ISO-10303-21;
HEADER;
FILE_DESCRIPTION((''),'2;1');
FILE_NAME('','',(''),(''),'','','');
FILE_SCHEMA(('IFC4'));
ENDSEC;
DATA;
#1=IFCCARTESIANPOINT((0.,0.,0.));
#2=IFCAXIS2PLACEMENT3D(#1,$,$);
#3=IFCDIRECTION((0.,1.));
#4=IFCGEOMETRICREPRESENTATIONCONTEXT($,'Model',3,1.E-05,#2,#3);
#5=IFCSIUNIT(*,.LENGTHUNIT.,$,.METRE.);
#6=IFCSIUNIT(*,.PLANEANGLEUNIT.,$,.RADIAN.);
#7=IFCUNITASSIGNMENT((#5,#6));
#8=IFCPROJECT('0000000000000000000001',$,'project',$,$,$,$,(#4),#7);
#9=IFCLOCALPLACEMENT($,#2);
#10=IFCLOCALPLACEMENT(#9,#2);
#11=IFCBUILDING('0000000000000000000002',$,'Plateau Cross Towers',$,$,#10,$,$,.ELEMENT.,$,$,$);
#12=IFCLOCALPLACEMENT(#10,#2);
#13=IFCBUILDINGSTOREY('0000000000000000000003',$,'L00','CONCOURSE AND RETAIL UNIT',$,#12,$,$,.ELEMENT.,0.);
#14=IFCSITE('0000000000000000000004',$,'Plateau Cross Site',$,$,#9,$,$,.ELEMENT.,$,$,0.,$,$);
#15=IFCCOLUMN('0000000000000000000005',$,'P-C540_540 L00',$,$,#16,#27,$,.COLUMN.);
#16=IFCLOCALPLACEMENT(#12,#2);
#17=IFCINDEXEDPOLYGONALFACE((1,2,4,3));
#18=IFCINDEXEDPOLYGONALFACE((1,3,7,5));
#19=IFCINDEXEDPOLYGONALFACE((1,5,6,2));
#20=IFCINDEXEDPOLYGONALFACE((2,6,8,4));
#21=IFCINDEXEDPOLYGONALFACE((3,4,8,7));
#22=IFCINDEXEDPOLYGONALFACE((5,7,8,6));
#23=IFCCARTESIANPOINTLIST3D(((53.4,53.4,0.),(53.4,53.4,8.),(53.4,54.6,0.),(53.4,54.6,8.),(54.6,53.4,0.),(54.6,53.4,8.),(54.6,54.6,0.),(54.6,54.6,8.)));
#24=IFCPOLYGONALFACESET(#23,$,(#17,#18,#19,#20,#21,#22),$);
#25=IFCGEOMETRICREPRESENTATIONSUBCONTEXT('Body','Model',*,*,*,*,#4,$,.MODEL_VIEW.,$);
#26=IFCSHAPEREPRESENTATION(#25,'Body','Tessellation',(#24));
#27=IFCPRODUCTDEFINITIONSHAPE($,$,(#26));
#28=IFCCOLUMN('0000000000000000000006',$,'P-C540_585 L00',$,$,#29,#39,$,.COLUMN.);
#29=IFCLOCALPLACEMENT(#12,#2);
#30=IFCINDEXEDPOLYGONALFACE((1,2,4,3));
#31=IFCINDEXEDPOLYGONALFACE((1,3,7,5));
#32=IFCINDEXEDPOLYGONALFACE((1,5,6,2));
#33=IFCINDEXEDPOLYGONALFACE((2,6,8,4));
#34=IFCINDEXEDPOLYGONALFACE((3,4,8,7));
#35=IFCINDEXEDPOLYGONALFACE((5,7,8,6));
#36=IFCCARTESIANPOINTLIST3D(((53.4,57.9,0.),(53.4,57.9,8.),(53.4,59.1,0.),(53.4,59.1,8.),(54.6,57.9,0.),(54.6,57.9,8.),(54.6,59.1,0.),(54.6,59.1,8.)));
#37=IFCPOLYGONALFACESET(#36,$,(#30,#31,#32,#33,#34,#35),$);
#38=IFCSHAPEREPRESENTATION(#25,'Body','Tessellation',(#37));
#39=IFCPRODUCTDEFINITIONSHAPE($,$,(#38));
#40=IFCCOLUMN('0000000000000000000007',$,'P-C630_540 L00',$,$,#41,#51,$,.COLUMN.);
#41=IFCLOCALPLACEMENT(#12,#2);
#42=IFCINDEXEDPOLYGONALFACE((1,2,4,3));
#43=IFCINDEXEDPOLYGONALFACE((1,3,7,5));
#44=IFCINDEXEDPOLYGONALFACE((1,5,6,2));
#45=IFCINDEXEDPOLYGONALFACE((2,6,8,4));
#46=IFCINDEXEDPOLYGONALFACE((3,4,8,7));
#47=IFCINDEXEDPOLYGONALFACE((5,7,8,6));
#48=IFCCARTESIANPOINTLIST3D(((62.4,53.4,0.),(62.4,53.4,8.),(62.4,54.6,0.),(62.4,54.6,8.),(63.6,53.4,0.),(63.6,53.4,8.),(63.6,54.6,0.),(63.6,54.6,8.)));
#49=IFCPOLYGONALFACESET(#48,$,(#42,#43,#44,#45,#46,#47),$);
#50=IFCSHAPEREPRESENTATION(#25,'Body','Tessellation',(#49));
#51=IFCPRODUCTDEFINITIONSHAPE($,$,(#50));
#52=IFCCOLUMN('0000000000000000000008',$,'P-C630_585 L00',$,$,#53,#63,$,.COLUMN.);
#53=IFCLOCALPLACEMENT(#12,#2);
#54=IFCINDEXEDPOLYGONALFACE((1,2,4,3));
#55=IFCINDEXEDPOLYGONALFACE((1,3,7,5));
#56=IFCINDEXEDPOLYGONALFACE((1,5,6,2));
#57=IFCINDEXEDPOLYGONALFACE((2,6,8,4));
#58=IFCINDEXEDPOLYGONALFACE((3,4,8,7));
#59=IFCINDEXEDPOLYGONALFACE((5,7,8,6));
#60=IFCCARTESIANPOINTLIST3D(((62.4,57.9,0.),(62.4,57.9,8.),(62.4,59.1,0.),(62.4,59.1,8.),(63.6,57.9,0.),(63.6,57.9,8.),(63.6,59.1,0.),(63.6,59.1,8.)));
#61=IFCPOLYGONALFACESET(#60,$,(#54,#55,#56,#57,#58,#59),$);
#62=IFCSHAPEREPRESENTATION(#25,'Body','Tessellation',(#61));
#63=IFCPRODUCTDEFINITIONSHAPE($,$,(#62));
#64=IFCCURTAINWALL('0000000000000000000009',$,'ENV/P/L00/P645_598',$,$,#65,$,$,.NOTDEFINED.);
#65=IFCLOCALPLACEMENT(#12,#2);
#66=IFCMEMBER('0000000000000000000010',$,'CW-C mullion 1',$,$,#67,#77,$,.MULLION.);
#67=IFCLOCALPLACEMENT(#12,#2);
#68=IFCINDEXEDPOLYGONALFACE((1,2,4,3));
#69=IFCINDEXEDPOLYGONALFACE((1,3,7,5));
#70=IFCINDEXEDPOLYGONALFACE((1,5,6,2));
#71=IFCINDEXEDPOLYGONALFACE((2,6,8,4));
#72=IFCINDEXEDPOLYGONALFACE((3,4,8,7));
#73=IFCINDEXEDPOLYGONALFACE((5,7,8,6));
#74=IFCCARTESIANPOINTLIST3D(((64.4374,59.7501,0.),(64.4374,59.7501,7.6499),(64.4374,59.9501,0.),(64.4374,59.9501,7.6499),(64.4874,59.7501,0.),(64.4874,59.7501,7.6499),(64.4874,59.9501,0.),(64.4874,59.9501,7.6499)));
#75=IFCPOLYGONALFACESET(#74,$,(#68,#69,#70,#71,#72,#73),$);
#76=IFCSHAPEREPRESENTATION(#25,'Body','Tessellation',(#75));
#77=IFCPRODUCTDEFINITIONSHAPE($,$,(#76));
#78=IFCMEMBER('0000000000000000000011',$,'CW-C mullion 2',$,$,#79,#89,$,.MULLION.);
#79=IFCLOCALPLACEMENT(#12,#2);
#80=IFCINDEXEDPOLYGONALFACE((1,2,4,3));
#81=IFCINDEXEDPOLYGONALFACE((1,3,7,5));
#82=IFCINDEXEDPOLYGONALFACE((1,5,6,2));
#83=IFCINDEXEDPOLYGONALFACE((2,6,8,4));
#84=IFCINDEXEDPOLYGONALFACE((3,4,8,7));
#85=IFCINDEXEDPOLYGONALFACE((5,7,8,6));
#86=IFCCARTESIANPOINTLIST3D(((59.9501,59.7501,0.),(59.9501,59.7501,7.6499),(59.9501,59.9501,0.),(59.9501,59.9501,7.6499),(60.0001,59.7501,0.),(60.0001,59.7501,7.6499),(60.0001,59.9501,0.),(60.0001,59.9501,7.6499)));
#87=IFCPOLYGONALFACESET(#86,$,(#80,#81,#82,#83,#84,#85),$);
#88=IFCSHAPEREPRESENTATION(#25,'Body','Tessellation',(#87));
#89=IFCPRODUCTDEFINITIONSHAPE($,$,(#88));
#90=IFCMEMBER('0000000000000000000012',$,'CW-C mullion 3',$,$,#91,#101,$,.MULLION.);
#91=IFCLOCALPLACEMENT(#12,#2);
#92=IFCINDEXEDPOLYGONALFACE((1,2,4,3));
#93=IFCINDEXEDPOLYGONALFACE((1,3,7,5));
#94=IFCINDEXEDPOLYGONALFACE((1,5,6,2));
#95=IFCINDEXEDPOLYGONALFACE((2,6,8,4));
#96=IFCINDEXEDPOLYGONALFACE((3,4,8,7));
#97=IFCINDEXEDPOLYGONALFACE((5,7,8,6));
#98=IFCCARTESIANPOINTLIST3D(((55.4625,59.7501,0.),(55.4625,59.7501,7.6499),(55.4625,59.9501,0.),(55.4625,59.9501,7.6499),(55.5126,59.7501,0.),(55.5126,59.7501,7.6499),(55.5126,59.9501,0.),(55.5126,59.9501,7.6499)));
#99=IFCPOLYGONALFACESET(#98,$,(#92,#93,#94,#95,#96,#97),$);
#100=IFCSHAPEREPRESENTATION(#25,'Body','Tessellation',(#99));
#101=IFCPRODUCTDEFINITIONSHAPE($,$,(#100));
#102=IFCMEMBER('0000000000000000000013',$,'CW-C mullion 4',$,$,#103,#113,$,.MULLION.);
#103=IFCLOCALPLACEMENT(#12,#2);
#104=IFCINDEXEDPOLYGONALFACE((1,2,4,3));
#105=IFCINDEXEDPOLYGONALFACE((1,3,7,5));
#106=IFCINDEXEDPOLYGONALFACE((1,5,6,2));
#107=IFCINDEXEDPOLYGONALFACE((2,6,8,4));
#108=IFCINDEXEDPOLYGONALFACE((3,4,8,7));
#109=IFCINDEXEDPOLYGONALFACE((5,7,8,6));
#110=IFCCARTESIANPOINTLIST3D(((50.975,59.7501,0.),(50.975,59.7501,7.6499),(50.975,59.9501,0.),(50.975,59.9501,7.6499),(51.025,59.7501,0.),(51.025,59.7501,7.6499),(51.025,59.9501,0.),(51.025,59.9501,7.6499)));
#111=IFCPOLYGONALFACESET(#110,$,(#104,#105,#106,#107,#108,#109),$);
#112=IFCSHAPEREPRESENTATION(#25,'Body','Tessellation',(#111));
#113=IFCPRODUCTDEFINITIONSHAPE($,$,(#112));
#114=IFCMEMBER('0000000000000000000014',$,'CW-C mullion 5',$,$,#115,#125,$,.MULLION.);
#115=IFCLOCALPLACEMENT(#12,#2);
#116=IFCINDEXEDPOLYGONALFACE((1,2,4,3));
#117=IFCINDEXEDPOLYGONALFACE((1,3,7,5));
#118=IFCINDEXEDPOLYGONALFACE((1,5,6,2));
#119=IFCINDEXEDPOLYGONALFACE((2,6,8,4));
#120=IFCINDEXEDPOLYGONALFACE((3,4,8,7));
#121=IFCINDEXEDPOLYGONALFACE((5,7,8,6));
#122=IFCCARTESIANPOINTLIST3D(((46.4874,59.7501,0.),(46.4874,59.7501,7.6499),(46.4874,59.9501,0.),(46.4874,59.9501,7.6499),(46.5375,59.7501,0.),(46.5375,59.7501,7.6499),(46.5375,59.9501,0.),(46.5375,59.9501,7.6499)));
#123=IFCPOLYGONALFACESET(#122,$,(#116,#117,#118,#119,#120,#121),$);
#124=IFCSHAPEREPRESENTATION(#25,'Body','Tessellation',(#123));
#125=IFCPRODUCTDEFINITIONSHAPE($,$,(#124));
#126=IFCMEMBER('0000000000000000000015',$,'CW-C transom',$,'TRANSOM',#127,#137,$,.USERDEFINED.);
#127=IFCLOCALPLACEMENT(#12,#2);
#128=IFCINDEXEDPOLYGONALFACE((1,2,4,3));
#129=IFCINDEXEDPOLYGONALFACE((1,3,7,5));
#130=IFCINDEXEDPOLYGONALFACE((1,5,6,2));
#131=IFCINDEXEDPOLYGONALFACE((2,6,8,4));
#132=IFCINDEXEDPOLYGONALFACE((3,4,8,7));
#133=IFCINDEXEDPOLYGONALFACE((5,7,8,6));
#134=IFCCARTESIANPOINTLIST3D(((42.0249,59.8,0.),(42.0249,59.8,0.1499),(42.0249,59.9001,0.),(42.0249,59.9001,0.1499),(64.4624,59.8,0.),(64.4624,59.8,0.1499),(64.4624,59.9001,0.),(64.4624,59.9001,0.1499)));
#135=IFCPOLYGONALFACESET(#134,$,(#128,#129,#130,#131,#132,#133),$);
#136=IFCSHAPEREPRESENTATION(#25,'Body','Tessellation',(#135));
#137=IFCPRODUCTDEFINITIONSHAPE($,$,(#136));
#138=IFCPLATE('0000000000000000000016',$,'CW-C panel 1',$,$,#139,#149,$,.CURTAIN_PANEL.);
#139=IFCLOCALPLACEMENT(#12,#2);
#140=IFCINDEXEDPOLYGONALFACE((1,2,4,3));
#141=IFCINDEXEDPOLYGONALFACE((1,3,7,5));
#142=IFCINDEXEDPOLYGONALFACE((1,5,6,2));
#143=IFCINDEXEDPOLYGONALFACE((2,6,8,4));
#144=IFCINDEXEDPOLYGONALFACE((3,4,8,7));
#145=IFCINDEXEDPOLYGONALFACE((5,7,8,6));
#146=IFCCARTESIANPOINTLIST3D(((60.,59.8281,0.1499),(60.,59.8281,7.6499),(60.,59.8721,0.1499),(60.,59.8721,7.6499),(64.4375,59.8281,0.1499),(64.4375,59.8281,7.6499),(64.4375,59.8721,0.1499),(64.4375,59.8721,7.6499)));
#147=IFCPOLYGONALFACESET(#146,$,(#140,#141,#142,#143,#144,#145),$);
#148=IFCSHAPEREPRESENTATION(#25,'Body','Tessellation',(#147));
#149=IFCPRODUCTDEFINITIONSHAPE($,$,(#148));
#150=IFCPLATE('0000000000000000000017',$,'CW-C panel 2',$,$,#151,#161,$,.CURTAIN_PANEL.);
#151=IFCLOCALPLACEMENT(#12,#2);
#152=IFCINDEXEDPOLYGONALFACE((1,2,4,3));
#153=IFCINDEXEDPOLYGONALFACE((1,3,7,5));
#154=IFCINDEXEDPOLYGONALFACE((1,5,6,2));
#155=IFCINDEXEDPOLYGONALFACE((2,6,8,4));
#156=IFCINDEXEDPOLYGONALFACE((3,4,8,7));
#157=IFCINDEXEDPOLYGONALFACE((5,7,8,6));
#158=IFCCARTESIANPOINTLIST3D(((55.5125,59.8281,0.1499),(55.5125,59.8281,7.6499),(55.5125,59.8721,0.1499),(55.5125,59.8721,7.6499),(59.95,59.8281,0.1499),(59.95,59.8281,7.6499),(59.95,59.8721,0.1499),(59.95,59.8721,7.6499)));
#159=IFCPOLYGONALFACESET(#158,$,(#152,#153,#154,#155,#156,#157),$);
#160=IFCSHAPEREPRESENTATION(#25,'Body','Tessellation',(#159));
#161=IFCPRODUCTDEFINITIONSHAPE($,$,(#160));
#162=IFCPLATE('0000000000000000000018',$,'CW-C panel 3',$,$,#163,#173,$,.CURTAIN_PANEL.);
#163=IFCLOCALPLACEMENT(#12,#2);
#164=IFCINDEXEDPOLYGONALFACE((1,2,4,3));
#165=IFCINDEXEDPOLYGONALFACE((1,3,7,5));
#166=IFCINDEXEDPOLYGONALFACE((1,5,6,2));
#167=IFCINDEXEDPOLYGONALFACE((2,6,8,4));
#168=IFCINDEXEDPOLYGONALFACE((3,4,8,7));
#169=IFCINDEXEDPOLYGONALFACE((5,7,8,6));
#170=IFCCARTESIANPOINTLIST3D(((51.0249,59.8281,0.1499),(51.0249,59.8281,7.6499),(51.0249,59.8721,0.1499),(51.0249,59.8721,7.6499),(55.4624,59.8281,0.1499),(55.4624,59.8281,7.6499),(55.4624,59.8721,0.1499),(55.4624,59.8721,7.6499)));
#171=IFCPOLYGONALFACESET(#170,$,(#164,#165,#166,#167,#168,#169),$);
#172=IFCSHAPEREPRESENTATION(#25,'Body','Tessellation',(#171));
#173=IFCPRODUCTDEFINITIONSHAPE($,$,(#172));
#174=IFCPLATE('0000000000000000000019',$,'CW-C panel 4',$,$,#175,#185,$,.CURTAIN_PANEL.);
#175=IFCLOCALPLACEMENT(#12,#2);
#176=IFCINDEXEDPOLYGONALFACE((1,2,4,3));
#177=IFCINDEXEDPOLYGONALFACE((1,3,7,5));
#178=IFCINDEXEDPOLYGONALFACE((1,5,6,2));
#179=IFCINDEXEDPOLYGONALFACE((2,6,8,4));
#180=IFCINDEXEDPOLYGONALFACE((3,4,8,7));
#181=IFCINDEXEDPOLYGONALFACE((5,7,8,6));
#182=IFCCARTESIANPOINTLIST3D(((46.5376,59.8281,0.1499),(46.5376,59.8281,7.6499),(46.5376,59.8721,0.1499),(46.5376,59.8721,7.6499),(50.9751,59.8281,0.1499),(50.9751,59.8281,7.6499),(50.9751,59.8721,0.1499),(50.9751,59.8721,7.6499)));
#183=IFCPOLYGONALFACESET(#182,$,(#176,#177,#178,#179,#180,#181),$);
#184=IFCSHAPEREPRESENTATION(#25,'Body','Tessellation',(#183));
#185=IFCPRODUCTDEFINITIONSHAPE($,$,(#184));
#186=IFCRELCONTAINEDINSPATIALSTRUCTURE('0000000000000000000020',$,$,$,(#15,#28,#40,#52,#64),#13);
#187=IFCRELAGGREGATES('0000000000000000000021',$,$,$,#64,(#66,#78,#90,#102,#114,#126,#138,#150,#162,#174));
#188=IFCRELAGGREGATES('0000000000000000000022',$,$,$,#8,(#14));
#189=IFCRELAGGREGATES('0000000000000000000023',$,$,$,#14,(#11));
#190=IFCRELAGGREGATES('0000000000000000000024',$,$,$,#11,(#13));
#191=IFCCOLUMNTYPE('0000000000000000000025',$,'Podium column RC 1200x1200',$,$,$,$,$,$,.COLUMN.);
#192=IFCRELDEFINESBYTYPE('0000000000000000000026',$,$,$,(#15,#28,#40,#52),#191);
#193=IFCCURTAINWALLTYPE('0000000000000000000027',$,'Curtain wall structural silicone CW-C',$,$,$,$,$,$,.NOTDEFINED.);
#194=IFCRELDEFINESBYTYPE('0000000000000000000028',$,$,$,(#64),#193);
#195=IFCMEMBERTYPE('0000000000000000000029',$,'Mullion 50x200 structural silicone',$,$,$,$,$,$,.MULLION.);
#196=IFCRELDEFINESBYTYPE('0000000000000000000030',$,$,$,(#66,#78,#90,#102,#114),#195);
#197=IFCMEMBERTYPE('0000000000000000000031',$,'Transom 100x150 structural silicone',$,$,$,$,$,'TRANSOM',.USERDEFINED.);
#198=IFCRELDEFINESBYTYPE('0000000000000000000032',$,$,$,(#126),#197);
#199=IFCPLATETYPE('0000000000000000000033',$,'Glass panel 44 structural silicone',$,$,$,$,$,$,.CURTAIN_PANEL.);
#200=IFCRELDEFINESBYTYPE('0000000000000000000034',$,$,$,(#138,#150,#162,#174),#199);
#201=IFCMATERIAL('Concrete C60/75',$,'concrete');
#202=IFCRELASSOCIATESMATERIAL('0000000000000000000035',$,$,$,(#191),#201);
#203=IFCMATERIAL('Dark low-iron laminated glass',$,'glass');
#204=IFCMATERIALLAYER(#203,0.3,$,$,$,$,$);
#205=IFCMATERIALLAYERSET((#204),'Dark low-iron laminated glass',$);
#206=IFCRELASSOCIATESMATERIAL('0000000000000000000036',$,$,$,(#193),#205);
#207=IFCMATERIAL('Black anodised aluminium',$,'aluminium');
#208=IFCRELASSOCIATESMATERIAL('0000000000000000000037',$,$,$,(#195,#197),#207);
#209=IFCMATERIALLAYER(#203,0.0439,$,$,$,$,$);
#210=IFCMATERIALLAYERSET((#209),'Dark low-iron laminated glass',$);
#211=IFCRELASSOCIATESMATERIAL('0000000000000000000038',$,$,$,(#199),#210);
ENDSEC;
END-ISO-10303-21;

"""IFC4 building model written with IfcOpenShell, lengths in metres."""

from ifc_helpers import new_model, si_unit, direction, frame, origin, origin_2d, place, context, subcontext, project, spatial, rectangle, extrude, material, layer, layer_set, material_profile, profile_set, type_object, element, aggregate, save


model = new_model("IFC4")

# Units and contexts
model_context = context("Model", 3, precision=1e-05, world=origin(), true_north=direction((0.0, 1.0)))
body_context = subcontext(model_context, "Body", "Model", "MODEL_VIEW")
ifc_project = project(units=[si_unit("LENGTHUNIT", "METRE"), si_unit("PLANEANGLEUNIT", "RADIAN")], contexts=[model_context])

# Site, building, storey
site_placement = place(None, origin())
site = spatial("IfcSite", under=ifc_project, at=site_placement, Name="Plateau Cross Site", CompositionType="ELEMENT", RefElevation=0.0)
building_placement = place(site_placement, origin())
building = spatial("IfcBuilding", under=site, at=building_placement, Name="Plateau Cross Towers", CompositionType="ELEMENT")
storey_placement = place(building_placement, origin())
storey = spatial("IfcBuildingStorey", under=building, at=storey_placement, Name="L00", Description="CONCOURSE AND RETAIL UNIT", CompositionType="ELEMENT", Elevation=0.0)

# Columns
ifc_material_1 = material(Name="Concrete C60/75", Category="concrete")
ifc_material_profile_1 = material_profile(ifc_material_1, rectangle(XDim=1.2, YDim=1.2, at=origin_2d()), Name="RC 1200x1200")
ifc_profile_set_1 = profile_set([ifc_material_profile_1], Name="Concrete C60/75")
column_type = type_object("IfcColumnType", Name="Podium column RC 1200x1200", PredefinedType="COLUMN", material=ifc_profile_set_1)
for number, where, z_axis, x_axis, name in (
    (1, (54.0, 54.0, 0.0), (0.0, 0.0, 1.0), (1.0, 0.0, 0.0), "P-C540_540 L00"),
    (2, (54.0, 58.5, 0.0), (0.0, 0.0, 1.0), (1.0, 0.0, 0.0), "P-C540_585 L00"),
    (3, (63.0, 54.0, 0.0), (0.0, 0.0, 1.0), (1.0, 0.0, 0.0), "P-C630_540 L00"),
    (4, (63.0, 58.5, 0.0), (0.0, 0.0, 1.0), (1.0, 0.0, 0.0), "P-C630_585 L00"),
):
    element("IfcColumn", number, at=place(storey_placement, frame(where, z_axis=z_axis, x_axis=x_axis)), inside=storey, type_object=column_type, Name=name, PredefinedType="COLUMN", context=body_context, shape_type="SweptSolid", body=[
        extrude(rectangle(XDim=1.2, YDim=1.2, at=origin_2d()), origin(), (0.0, 0.0, 1.0), 8.0),
    ])

# Curtain wall, members, plates
ifc_material_2 = material(Name="Dark low-iron laminated glass", Category="glass")
ifc_layer_1 = layer(ifc_material_2, 0.3)
ifc_layer_set_1 = layer_set([ifc_layer_1], Name="Dark low-iron laminated glass")
curtain_wall_type = type_object("IfcCurtainWallType", Name="Curtain wall structural silicone CW-C", PredefinedType="NOTDEFINED", material=ifc_layer_set_1)
curtain_wall_placement = place(storey_placement, origin())
curtain_wall = element("IfcCurtainWall", 5, at=curtain_wall_placement, inside=storey, type_object=curtain_wall_type, Name="ENV/P/L00/P645_598", PredefinedType="NOTDEFINED")
ifc_material_3 = material(Name="Black anodised aluminium", Category="aluminium")
ifc_material_profile_2 = material_profile(ifc_material_3, rectangle(XDim=0.05, YDim=0.2, at=origin_2d()), Name="MULLION 50x200")
ifc_profile_set_2 = profile_set([ifc_material_profile_2], Name="Black anodised aluminium")
member_type_1 = type_object("IfcMemberType", Name="Mullion 50x200 structural silicone", PredefinedType="MULLION", material=ifc_profile_set_2)
member_1_placement = place(storey_placement, frame((64.4624, 59.8501, 0.0), z_axis=(0.0, 0.0, 1.0), x_axis=(-1.0, 0.0, 0.0)))
member_1 = element("IfcMember", 6, at=member_1_placement, type_object=member_type_1, Name="CW-C mullion 1", PredefinedType="MULLION", context=body_context, shape_type="SweptSolid", body=[
    extrude(rectangle(XDim=0.05, YDim=0.2, at=origin_2d()), origin(), (0.0, 0.0, 1.0), 7.6499),
])
member_2_placement = place(storey_placement, frame((59.9751, 59.8501, 0.0), z_axis=(0.0, 0.0, 1.0), x_axis=(-1.0, 0.0, 0.0)))
member_2 = element("IfcMember", 7, at=member_2_placement, type_object=member_type_1, Name="CW-C mullion 2", PredefinedType="MULLION", context=body_context, shape_type="SweptSolid", body=[
    extrude(rectangle(XDim=0.05, YDim=0.2, at=origin_2d()), origin(), (0.0, 0.0, 1.0), 7.6499),
])
member_3_placement = place(storey_placement, frame((55.4875, 59.8501, 0.0), z_axis=(0.0, 0.0, 1.0), x_axis=(-1.0, 0.0, 0.0)))
member_3 = element("IfcMember", 8, at=member_3_placement, type_object=member_type_1, Name="CW-C mullion 3", PredefinedType="MULLION", context=body_context, shape_type="SweptSolid", body=[
    extrude(rectangle(XDim=0.05, YDim=0.2, at=origin_2d()), origin(), (0.0, 0.0, 1.0), 7.6499),
])
member_4_placement = place(storey_placement, frame((51.0, 59.8501, 0.0), z_axis=(0.0, 0.0, 1.0), x_axis=(-1.0, 0.0, 0.0)))
member_4 = element("IfcMember", 9, at=member_4_placement, type_object=member_type_1, Name="CW-C mullion 4", PredefinedType="MULLION", context=body_context, shape_type="SweptSolid", body=[
    extrude(rectangle(XDim=0.05, YDim=0.2, at=origin_2d()), origin(), (0.0, 0.0, 1.0), 7.6499),
])
member_5_placement = place(storey_placement, frame((46.5125, 59.8501, 0.0), z_axis=(0.0, 0.0, 1.0), x_axis=(-1.0, 0.0, 0.0)))
member_5 = element("IfcMember", 10, at=member_5_placement, type_object=member_type_1, Name="CW-C mullion 5", PredefinedType="MULLION", context=body_context, shape_type="SweptSolid", body=[
    extrude(rectangle(XDim=0.05, YDim=0.2, at=origin_2d()), origin(), (0.0, 0.0, 1.0), 7.6499),
])
ifc_material_profile_3 = material_profile(ifc_material_3, rectangle(XDim=0.1001, YDim=0.1499, at=origin_2d()), Name="TRANSOM 100x150")
ifc_profile_set_3 = profile_set([ifc_material_profile_3], Name="Black anodised aluminium")
member_type_2 = type_object("IfcMemberType", Name="Transom 100x150 structural silicone", ElementType="TRANSOM", PredefinedType="USERDEFINED", material=ifc_profile_set_3)
member_6_placement = place(storey_placement, frame((64.4624, 59.8501, 0.075), z_axis=(-1.0, 0.0, 0.0), x_axis=(0.0, -1.0, 0.0)))
member_6 = element("IfcMember", 11, at=member_6_placement, type_object=member_type_2, Name="CW-C transom", ObjectType="TRANSOM", PredefinedType="USERDEFINED", context=body_context, shape_type="SweptSolid", body=[
    extrude(rectangle(XDim=0.1001, YDim=0.1499, at=origin_2d()), origin(), (0.0, 0.0, 1.0), 22.4375),
])
ifc_layer_2 = layer(ifc_material_2, 0.0439)
ifc_layer_set_2 = layer_set([ifc_layer_2], Name="Dark low-iron laminated glass")
plate_type = type_object("IfcPlateType", Name="Glass panel 44 structural silicone", PredefinedType="CURTAIN_PANEL", material=ifc_layer_set_2)
plate_1_placement = place(storey_placement, frame((62.2188, 59.8501, 0.1499), z_axis=(0.0, 0.0, 1.0), x_axis=(-1.0, 0.0, 0.0)))
plate_1 = element("IfcPlate", 12, at=plate_1_placement, type_object=plate_type, Name="CW-C panel 1", PredefinedType="CURTAIN_PANEL", context=body_context, shape_type="SweptSolid", body=[
    extrude(rectangle(XDim=4.4375, YDim=0.0439, at=origin_2d()), origin(), (0.0, 0.0, 1.0), 7.5),
])
plate_2_placement = place(storey_placement, frame((57.7312, 59.8501, 0.1499), z_axis=(0.0, 0.0, 1.0), x_axis=(-1.0, 0.0, 0.0)))
plate_2 = element("IfcPlate", 13, at=plate_2_placement, type_object=plate_type, Name="CW-C panel 2", PredefinedType="CURTAIN_PANEL", context=body_context, shape_type="SweptSolid", body=[
    extrude(rectangle(XDim=4.4375, YDim=0.0439, at=origin_2d()), origin(), (0.0, 0.0, 1.0), 7.5),
])
plate_3_placement = place(storey_placement, frame((53.2437, 59.8501, 0.1499), z_axis=(0.0, 0.0, 1.0), x_axis=(-1.0, 0.0, 0.0)))
plate_3 = element("IfcPlate", 14, at=plate_3_placement, type_object=plate_type, Name="CW-C panel 3", PredefinedType="CURTAIN_PANEL", context=body_context, shape_type="SweptSolid", body=[
    extrude(rectangle(XDim=4.4375, YDim=0.0439, at=origin_2d()), origin(), (0.0, 0.0, 1.0), 7.5),
])
plate_4_placement = place(storey_placement, frame((48.7563, 59.8501, 0.1499), z_axis=(0.0, 0.0, 1.0), x_axis=(-1.0, 0.0, 0.0)))
plate_4 = element("IfcPlate", 15, at=plate_4_placement, type_object=plate_type, Name="CW-C panel 4", PredefinedType="CURTAIN_PANEL", context=body_context, shape_type="SweptSolid", body=[
    extrude(rectangle(XDim=4.4375, YDim=0.0439, at=origin_2d()), origin(), (0.0, 0.0, 1.0), 7.5),
])
aggregate(curtain_wall, [member_1, member_2, member_3, member_4, member_5, member_6, plate_1, plate_2, plate_3, plate_4])

save(model, "model.ifc")
